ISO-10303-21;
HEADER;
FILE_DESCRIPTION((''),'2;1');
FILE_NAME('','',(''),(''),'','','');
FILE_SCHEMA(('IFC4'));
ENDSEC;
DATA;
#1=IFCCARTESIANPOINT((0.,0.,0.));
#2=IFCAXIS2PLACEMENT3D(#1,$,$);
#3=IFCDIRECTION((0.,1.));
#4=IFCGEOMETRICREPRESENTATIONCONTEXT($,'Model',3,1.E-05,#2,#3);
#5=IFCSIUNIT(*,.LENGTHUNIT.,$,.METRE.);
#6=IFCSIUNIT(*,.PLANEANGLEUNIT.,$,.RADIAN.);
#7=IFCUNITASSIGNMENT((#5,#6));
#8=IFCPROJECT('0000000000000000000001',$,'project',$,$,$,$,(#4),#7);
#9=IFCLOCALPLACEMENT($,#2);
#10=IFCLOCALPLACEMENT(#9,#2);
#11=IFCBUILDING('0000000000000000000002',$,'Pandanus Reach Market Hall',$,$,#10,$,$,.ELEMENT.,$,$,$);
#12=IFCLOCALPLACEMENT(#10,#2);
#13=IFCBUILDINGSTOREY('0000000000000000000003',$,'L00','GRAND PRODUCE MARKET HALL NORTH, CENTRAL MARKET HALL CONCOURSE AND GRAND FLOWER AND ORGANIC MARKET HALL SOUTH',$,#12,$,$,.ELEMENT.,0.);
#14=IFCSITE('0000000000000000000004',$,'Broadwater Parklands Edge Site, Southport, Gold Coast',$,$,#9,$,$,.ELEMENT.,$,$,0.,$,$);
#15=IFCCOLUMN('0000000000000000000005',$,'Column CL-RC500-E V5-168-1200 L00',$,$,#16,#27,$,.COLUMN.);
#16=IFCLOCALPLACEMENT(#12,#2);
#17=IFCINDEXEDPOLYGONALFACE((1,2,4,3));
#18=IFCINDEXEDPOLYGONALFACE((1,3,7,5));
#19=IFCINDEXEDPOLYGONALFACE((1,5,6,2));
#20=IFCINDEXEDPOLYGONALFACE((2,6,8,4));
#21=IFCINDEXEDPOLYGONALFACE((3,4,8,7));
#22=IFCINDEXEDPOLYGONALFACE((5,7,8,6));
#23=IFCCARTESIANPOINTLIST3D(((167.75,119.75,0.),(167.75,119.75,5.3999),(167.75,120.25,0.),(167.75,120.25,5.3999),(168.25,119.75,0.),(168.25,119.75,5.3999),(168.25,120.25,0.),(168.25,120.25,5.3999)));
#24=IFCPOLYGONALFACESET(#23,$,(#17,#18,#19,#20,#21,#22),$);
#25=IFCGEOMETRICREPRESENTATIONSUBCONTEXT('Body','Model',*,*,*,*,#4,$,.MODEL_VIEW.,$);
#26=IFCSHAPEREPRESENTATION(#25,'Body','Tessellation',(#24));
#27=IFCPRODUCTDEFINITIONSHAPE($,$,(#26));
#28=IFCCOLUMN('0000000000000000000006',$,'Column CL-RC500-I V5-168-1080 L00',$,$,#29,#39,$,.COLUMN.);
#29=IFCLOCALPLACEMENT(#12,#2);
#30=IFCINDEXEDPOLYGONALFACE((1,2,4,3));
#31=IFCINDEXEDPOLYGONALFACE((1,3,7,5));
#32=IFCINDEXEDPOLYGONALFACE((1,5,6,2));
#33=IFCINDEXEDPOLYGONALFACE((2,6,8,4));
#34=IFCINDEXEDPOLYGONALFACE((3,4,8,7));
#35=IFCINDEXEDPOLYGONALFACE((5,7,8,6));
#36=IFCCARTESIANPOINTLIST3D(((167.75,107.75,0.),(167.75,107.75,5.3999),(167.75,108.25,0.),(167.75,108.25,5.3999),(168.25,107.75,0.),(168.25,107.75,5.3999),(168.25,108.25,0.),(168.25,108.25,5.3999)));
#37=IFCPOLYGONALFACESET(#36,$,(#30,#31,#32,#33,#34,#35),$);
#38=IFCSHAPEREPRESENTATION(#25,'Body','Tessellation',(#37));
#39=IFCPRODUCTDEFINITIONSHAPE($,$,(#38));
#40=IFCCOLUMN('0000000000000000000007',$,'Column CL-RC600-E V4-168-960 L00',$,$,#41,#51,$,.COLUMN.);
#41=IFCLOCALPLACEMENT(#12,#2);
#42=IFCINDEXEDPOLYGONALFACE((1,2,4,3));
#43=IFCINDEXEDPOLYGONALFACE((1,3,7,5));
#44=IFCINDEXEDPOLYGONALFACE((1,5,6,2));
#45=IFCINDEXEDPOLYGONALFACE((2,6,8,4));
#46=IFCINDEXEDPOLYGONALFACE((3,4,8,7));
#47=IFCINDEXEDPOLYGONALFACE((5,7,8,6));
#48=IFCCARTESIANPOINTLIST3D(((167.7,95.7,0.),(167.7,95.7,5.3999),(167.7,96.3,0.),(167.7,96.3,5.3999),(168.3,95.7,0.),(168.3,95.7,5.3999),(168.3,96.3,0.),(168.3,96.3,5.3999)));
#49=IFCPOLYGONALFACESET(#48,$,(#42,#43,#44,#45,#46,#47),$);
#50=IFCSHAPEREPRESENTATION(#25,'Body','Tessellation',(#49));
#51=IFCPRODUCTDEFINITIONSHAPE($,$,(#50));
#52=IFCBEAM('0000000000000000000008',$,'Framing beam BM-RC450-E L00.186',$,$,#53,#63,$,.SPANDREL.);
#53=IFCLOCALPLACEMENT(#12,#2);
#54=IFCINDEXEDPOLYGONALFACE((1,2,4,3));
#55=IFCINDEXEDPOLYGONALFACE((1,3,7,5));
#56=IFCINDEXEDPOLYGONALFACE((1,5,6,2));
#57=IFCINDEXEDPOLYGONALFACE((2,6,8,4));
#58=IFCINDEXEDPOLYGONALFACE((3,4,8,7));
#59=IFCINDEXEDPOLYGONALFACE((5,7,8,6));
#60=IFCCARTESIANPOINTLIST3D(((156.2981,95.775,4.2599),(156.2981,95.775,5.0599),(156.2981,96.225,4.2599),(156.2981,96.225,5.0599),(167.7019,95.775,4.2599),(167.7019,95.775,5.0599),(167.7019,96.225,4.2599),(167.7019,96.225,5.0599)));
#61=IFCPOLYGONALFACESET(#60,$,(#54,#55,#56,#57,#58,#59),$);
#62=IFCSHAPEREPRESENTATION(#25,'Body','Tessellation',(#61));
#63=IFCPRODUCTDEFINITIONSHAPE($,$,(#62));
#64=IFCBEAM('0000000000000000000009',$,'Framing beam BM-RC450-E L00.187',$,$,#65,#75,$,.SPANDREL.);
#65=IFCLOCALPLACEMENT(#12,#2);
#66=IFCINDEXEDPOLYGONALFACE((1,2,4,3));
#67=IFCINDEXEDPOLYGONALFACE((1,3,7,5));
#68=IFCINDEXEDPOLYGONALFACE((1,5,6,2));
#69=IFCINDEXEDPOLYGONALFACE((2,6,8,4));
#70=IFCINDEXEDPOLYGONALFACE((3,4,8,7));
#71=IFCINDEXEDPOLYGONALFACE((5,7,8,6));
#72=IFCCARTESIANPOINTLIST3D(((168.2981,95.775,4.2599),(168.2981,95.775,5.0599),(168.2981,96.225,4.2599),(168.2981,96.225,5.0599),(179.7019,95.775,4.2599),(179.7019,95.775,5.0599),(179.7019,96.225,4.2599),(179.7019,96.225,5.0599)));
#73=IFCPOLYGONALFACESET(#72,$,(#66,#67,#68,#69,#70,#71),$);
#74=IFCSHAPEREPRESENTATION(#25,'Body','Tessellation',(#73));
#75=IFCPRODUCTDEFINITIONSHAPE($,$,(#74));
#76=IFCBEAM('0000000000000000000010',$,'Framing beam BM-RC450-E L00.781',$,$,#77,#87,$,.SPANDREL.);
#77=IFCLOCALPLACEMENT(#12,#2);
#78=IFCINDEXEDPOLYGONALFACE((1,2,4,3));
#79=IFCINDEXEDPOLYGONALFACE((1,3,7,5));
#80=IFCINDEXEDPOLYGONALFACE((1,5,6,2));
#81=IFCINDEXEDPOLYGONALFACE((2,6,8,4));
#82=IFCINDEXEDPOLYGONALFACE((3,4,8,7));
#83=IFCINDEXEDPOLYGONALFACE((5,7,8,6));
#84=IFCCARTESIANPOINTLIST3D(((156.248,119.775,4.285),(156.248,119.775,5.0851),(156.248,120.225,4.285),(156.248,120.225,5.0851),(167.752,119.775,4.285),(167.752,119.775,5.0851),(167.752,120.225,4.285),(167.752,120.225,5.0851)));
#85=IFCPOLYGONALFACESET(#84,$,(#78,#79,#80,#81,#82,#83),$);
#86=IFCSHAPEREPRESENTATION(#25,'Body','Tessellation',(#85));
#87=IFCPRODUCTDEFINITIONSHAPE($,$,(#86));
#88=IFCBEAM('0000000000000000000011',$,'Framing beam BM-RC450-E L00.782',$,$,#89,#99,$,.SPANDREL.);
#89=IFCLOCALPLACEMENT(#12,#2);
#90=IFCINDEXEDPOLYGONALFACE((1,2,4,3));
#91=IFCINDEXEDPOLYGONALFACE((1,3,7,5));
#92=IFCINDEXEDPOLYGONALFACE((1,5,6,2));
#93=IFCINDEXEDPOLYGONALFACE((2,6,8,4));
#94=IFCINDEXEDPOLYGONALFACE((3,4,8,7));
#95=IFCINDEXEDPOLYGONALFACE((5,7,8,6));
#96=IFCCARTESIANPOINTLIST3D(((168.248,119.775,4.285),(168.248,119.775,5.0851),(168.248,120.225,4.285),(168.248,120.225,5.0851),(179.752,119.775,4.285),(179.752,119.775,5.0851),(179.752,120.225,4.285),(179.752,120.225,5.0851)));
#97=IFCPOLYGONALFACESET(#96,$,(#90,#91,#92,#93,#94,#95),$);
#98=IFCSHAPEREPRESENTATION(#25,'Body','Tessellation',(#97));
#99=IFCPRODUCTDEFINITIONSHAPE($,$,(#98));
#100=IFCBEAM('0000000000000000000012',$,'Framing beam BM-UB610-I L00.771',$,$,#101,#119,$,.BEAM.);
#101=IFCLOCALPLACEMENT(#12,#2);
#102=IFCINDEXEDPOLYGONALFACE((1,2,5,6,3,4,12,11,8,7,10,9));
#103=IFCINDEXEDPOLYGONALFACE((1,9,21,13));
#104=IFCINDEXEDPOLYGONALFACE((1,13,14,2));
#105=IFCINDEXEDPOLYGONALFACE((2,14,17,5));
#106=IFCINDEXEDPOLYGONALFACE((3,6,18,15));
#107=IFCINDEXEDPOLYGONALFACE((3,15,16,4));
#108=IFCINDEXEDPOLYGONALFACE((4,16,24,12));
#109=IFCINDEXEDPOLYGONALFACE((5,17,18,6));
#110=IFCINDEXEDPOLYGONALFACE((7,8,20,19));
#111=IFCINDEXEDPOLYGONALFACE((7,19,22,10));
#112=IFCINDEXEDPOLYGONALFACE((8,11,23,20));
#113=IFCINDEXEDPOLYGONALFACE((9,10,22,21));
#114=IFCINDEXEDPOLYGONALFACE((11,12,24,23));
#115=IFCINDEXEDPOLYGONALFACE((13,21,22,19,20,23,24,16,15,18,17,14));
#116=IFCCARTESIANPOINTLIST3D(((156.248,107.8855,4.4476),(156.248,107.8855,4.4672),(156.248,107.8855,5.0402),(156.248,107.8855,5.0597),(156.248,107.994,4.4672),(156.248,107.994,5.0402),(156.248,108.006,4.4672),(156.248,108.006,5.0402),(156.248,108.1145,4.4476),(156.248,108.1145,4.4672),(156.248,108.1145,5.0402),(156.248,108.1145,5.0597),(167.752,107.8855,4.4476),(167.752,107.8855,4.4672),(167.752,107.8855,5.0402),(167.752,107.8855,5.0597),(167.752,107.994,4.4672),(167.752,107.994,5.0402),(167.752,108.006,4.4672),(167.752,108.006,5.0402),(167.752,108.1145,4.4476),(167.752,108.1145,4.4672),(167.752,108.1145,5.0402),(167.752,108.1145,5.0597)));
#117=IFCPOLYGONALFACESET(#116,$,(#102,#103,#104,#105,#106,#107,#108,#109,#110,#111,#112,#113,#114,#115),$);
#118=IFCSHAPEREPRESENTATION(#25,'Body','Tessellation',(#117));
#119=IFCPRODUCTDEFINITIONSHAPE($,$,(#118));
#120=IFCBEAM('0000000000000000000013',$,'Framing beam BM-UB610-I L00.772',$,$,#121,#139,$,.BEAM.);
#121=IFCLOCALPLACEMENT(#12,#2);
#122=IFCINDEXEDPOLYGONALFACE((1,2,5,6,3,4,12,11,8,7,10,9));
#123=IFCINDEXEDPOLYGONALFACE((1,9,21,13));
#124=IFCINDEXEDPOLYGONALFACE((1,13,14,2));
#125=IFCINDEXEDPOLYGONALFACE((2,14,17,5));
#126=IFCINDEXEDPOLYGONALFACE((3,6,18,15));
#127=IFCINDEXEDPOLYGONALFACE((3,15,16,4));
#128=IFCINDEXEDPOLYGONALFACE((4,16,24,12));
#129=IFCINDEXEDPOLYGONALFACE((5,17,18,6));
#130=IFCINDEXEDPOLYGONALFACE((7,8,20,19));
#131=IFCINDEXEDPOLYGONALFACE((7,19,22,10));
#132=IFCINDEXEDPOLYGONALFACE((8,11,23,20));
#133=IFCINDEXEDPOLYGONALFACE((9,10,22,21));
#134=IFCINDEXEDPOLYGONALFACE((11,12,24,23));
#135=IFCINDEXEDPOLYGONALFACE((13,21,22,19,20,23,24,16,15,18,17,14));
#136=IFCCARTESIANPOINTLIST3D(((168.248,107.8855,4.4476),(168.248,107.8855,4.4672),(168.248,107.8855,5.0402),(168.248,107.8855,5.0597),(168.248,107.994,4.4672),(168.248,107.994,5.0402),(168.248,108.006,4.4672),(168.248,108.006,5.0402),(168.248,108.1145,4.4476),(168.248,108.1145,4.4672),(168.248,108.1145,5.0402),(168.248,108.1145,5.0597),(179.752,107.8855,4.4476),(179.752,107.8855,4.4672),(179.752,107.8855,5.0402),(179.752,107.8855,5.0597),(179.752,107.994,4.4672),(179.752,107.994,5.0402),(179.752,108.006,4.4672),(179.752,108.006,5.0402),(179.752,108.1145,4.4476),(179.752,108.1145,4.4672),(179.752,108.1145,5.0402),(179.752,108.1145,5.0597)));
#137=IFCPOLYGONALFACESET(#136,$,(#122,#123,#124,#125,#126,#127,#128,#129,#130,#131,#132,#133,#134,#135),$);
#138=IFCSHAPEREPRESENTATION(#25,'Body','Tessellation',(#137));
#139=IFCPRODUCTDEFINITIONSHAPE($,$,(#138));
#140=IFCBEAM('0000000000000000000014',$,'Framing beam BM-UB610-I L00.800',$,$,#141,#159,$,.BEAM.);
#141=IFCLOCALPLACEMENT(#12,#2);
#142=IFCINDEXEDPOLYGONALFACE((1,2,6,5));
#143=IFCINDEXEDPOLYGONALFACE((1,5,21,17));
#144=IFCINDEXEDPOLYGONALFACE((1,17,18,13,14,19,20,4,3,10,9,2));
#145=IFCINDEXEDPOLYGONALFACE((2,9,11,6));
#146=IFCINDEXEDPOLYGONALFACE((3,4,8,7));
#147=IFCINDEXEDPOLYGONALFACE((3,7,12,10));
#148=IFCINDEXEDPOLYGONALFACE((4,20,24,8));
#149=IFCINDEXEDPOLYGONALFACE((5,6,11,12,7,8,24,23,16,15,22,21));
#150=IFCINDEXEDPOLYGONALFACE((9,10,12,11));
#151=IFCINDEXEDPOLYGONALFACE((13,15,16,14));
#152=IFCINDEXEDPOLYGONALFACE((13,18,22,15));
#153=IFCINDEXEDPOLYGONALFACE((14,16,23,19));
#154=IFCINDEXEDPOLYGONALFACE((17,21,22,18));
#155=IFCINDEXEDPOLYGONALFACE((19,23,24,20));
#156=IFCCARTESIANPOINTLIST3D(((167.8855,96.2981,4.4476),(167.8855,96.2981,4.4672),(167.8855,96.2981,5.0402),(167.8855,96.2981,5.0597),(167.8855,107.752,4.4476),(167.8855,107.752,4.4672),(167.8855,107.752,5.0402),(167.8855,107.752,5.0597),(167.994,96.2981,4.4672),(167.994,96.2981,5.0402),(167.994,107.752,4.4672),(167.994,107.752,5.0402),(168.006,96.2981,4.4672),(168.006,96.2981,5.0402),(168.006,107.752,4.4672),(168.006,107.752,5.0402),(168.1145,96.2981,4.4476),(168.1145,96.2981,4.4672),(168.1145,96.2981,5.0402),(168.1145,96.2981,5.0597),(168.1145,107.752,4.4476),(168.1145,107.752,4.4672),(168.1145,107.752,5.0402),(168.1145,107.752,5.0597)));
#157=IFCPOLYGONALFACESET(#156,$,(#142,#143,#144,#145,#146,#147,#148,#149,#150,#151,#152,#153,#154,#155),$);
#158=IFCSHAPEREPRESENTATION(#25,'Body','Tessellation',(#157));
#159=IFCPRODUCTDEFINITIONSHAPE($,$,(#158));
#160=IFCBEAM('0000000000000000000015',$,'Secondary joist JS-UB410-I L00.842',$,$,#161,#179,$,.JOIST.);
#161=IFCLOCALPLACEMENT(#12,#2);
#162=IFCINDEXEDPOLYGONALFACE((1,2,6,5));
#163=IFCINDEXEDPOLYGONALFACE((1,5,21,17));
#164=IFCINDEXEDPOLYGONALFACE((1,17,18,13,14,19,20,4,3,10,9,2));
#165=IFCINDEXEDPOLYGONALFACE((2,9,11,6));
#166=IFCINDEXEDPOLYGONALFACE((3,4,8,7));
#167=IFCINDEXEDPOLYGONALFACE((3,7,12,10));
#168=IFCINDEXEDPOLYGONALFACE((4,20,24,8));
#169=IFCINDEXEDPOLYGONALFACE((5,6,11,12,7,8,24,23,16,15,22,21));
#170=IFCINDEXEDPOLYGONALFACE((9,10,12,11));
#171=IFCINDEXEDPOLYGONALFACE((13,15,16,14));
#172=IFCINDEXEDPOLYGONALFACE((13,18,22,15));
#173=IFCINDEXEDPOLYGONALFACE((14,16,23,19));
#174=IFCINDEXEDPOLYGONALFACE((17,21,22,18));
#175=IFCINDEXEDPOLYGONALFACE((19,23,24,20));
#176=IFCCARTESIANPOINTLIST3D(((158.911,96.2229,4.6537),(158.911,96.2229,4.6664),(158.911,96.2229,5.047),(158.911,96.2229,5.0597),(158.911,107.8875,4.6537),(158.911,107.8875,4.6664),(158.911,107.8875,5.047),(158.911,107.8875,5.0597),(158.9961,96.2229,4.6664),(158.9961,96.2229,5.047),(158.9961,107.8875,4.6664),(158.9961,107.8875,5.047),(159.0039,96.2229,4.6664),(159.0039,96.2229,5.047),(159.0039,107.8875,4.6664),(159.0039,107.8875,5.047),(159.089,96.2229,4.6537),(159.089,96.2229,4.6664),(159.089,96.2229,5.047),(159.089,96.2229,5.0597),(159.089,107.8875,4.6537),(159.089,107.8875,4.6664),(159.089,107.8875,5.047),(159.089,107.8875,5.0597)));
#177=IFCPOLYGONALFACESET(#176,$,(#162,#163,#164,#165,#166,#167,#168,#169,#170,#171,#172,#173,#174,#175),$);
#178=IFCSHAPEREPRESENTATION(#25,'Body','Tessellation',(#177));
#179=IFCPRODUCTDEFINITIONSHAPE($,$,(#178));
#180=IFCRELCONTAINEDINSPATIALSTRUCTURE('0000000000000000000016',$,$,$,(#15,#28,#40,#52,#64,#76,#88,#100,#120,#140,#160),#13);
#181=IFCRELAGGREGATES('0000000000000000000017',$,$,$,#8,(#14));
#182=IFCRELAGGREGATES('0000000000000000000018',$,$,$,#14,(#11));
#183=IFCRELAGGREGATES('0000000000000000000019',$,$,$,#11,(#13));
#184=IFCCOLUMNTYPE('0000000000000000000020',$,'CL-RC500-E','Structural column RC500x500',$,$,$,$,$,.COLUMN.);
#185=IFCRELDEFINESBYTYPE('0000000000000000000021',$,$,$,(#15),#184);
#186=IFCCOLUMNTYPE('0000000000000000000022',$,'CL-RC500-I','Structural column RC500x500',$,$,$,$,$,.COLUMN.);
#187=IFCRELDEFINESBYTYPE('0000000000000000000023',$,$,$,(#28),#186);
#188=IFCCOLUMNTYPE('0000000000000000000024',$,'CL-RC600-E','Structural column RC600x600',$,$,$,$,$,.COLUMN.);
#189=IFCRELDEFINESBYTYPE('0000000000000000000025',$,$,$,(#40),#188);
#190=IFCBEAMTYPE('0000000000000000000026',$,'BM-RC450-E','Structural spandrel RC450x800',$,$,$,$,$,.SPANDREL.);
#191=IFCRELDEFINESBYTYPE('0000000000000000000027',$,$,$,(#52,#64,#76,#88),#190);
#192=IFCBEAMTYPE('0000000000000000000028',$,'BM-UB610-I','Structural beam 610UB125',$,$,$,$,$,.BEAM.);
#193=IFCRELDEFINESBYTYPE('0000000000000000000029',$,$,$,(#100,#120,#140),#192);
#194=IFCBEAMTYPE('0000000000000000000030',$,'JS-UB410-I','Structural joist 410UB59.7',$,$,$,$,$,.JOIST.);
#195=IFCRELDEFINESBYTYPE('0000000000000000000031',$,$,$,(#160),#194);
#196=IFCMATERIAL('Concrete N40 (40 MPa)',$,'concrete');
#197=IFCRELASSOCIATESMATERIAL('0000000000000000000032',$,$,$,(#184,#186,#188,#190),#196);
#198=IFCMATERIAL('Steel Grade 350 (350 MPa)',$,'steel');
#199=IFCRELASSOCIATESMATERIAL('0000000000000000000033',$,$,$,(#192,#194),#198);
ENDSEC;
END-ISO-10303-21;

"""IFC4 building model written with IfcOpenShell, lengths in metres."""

from ifc_helpers import new_model, si_unit, direction, frame, origin, origin_2d, place, context, subcontext, project, spatial, rectangle, i_section, extrude, material, material_profile, profile_set, type_object, element, save


model = new_model("IFC4")

# Units and contexts
model_context = context("Model", 3, precision=1e-05, world=origin(), true_north=direction((0.0, 1.0)))
body_context = subcontext(model_context, "Body", "Model", "MODEL_VIEW")
ifc_project = project(units=[si_unit("LENGTHUNIT", "METRE"), si_unit("PLANEANGLEUNIT", "RADIAN")], contexts=[model_context])

# Site, building, storey
site_placement = place(None, origin())
site = spatial("IfcSite", under=ifc_project, at=site_placement, Name="Broadwater Parklands Edge Site, Southport, Gold Coast", CompositionType="ELEMENT", RefElevation=0.0)
building_placement = place(site_placement, origin())
building = spatial("IfcBuilding", under=site, at=building_placement, Name="Pandanus Reach Market Hall", CompositionType="ELEMENT")
storey_placement = place(building_placement, origin())
storey = spatial("IfcBuildingStorey", under=building, at=storey_placement, Name="L00", Description="GRAND PRODUCE MARKET HALL NORTH, CENTRAL MARKET HALL CONCOURSE AND GRAND FLOWER AND ORGANIC MARKET HALL SOUTH", CompositionType="ELEMENT", Elevation=0.0)

# Columns
ifc_material_1 = material(Name="Concrete N40 (40 MPa)", Category="concrete")
ifc_material_profile_1 = material_profile(ifc_material_1, rectangle(XDim=0.5, YDim=0.5, at=origin_2d()), Name="RC500x500", Category="LoadBearing")
ifc_profile_set_1 = profile_set([ifc_material_profile_1], Name="Concrete N40 (40 MPa)")
column_type_1 = type_object("IfcColumnType", Name="CL-RC500-E", Description="Structural column RC500x500", PredefinedType="COLUMN", material=ifc_profile_set_1)
column_1_placement = place(storey_placement, frame((168.0, 120.0, 0.0), z_axis=(0.0, 0.0, 1.0), x_axis=(1.0, 0.0, 0.0)))
element("IfcColumn", 1, at=column_1_placement, inside=storey, type_object=column_type_1, Name="Column CL-RC500-E V5-168-1200 L00", PredefinedType="COLUMN", context=body_context, shape_type="SweptSolid", body=[
    extrude(rectangle(XDim=0.5, YDim=0.5, at=origin_2d()), origin(), (0.0, 0.0, 1.0), 5.3999),
])
ifc_material_profile_2 = material_profile(ifc_material_1, rectangle(XDim=0.5, YDim=0.5, at=origin_2d()), Name="RC500x500", Category="LoadBearing")
ifc_profile_set_2 = profile_set([ifc_material_profile_2], Name="Concrete N40 (40 MPa)")
column_type_2 = type_object("IfcColumnType", Name="CL-RC500-I", Description="Structural column RC500x500", PredefinedType="COLUMN", material=ifc_profile_set_2)
column_2_placement = place(storey_placement, frame((168.0, 108.0, 0.0), z_axis=(0.0, 0.0, 1.0), x_axis=(1.0, 0.0, 0.0)))
element("IfcColumn", 2, at=column_2_placement, inside=storey, type_object=column_type_2, Name="Column CL-RC500-I V5-168-1080 L00", PredefinedType="COLUMN", context=body_context, shape_type="SweptSolid", body=[
    extrude(rectangle(XDim=0.5, YDim=0.5, at=origin_2d()), origin(), (0.0, 0.0, 1.0), 5.3999),
])
ifc_material_profile_3 = material_profile(ifc_material_1, rectangle(XDim=0.6001, YDim=0.6001, at=origin_2d()), Name="RC600x600", Category="LoadBearing")
ifc_profile_set_3 = profile_set([ifc_material_profile_3], Name="Concrete N40 (40 MPa)")
column_type_3 = type_object("IfcColumnType", Name="CL-RC600-E", Description="Structural column RC600x600", PredefinedType="COLUMN", material=ifc_profile_set_3)
column_3_placement = place(storey_placement, frame((168.0, 96.0, 0.0), z_axis=(0.0, 0.0, 1.0), x_axis=(1.0, 0.0, 0.0)))
element("IfcColumn", 3, at=column_3_placement, inside=storey, type_object=column_type_3, Name="Column CL-RC600-E V4-168-960 L00", PredefinedType="COLUMN", context=body_context, shape_type="SweptSolid", body=[
    extrude(rectangle(XDim=0.6001, YDim=0.6001, at=origin_2d()), origin(), (0.0, 0.0, 1.0), 5.3999),
])

# Beams
ifc_material_profile_4 = material_profile(ifc_material_1, rectangle(XDim=0.45, YDim=0.8, at=origin_2d()), Name="RC450x800", Category="LoadBearing")
ifc_profile_set_4 = profile_set([ifc_material_profile_4], Name="Concrete N40 (40 MPa)")
beam_type_1 = type_object("IfcBeamType", Name="BM-RC450-E", Description="Structural spandrel RC450x800", PredefinedType="SPANDREL", material=ifc_profile_set_4)
for number, where, z_axis, x_axis, name in (
    (4, (156.2981, 96.0, 4.6599), (1.0, 0.0, 0.0), (0.0, 1.0, 0.0), "Framing beam BM-RC450-E L00.186"),
    (5, (168.2981, 96.0, 4.6599), (1.0, 0.0, 0.0), (0.0, 1.0, 0.0), "Framing beam BM-RC450-E L00.187"),
):
    element("IfcBeam", number, at=place(storey_placement, frame(where, z_axis=z_axis, x_axis=x_axis)), inside=storey, type_object=beam_type_1, Name=name, PredefinedType="SPANDREL", context=body_context, shape_type="SweptSolid", body=[
        extrude(rectangle(XDim=0.45, YDim=0.8, at=origin_2d()), origin(), (0.0, 0.0, 1.0), 11.4038),
    ])
for number, where, z_axis, x_axis, name in (
    (6, (156.248, 120.0, 4.6851), (1.0, 0.0, 0.0), (0.0, 1.0, 0.0), "Framing beam BM-RC450-E L00.781"),
    (7, (168.248, 120.0, 4.6851), (1.0, 0.0, 0.0), (0.0, 1.0, 0.0), "Framing beam BM-RC450-E L00.782"),
):
    element("IfcBeam", number, at=place(storey_placement, frame(where, z_axis=z_axis, x_axis=x_axis)), inside=storey, type_object=beam_type_1, Name=name, PredefinedType="SPANDREL", context=body_context, shape_type="SweptSolid", body=[
        extrude(rectangle(XDim=0.45, YDim=0.8, at=origin_2d()), origin(), (0.0, 0.0, 1.0), 11.5039),
    ])
ifc_material_2 = material(Name="Steel Grade 350 (350 MPa)", Category="steel")
ifc_material_profile_5 = material_profile(ifc_material_2, i_section(OverallWidth=0.229, OverallDepth=0.6121, WebThickness=0.012, FlangeThickness=0.0195, at=origin_2d()), Name="610UB125", Category="LoadBearing")
ifc_profile_set_5 = profile_set([ifc_material_profile_5], Name="Steel Grade 350 (350 MPa)")
beam_type_2 = type_object("IfcBeamType", Name="BM-UB610-I", Description="Structural beam 610UB125", PredefinedType="BEAM", material=ifc_profile_set_5)
for number, where, z_axis, x_axis, name in (
    (8, (156.248, 108.0, 4.7537), (1.0, 0.0, 0.0), (0.0, 1.0, 0.0), "Framing beam BM-UB610-I L00.771"),
    (9, (168.248, 108.0, 4.7537), (1.0, 0.0, 0.0), (0.0, 1.0, 0.0), "Framing beam BM-UB610-I L00.772"),
):
    element("IfcBeam", number, at=place(storey_placement, frame(where, z_axis=z_axis, x_axis=x_axis)), inside=storey, type_object=beam_type_2, Name=name, PredefinedType="BEAM", context=body_context, shape_type="SweptSolid", body=[
        extrude(i_section(OverallWidth=0.229, OverallDepth=0.6121, WebThickness=0.012, FlangeThickness=0.0195, at=origin_2d()), origin(), (0.0, 0.0, 1.0), 11.5039),
    ])
beam_1_placement = place(storey_placement, frame((168.0, 96.2981, 4.7537), z_axis=(0.0, 1.0, 0.0), x_axis=(-1.0, 0.0, 0.0)))
element("IfcBeam", 10, at=beam_1_placement, inside=storey, type_object=beam_type_2, Name="Framing beam BM-UB610-I L00.800", PredefinedType="BEAM", context=body_context, shape_type="SweptSolid", body=[
    extrude(i_section(OverallWidth=0.229, OverallDepth=0.6121, WebThickness=0.012, FlangeThickness=0.0195, at=origin_2d()), origin(), (0.0, 0.0, 1.0), 11.4539),
])
ifc_material_profile_6 = material_profile(ifc_material_2, i_section(OverallWidth=0.178, OverallDepth=0.406, WebThickness=0.0078, FlangeThickness=0.0127, at=origin_2d()), Name="410UB59.7", Category="LoadBearing")
ifc_profile_set_6 = profile_set([ifc_material_profile_6], Name="Steel Grade 350 (350 MPa)")
beam_type_3 = type_object("IfcBeamType", Name="JS-UB410-I", Description="Structural joist 410UB59.7", PredefinedType="JOIST", material=ifc_profile_set_6)
for number, where, z_axis, x_axis, name in (
    (11, (159.0, 96.2229, 4.8567), (0.0, 1.0, 0.0), (-1.0, 0.0, 0.0), "Secondary joist JS-UB410-I L00.842"),
):
    element("IfcBeam", number, at=place(storey_placement, frame(where, z_axis=z_axis, x_axis=x_axis)), inside=storey, type_object=beam_type_3, Name=name, PredefinedType="JOIST", context=body_context, shape_type="SweptSolid", body=[
        extrude(i_section(OverallWidth=0.178, OverallDepth=0.406, WebThickness=0.0078, FlangeThickness=0.0127, at=origin_2d()), origin(), (0.0, 0.0, 1.0), 11.6646),
    ])

save(model, "model.ifc")
